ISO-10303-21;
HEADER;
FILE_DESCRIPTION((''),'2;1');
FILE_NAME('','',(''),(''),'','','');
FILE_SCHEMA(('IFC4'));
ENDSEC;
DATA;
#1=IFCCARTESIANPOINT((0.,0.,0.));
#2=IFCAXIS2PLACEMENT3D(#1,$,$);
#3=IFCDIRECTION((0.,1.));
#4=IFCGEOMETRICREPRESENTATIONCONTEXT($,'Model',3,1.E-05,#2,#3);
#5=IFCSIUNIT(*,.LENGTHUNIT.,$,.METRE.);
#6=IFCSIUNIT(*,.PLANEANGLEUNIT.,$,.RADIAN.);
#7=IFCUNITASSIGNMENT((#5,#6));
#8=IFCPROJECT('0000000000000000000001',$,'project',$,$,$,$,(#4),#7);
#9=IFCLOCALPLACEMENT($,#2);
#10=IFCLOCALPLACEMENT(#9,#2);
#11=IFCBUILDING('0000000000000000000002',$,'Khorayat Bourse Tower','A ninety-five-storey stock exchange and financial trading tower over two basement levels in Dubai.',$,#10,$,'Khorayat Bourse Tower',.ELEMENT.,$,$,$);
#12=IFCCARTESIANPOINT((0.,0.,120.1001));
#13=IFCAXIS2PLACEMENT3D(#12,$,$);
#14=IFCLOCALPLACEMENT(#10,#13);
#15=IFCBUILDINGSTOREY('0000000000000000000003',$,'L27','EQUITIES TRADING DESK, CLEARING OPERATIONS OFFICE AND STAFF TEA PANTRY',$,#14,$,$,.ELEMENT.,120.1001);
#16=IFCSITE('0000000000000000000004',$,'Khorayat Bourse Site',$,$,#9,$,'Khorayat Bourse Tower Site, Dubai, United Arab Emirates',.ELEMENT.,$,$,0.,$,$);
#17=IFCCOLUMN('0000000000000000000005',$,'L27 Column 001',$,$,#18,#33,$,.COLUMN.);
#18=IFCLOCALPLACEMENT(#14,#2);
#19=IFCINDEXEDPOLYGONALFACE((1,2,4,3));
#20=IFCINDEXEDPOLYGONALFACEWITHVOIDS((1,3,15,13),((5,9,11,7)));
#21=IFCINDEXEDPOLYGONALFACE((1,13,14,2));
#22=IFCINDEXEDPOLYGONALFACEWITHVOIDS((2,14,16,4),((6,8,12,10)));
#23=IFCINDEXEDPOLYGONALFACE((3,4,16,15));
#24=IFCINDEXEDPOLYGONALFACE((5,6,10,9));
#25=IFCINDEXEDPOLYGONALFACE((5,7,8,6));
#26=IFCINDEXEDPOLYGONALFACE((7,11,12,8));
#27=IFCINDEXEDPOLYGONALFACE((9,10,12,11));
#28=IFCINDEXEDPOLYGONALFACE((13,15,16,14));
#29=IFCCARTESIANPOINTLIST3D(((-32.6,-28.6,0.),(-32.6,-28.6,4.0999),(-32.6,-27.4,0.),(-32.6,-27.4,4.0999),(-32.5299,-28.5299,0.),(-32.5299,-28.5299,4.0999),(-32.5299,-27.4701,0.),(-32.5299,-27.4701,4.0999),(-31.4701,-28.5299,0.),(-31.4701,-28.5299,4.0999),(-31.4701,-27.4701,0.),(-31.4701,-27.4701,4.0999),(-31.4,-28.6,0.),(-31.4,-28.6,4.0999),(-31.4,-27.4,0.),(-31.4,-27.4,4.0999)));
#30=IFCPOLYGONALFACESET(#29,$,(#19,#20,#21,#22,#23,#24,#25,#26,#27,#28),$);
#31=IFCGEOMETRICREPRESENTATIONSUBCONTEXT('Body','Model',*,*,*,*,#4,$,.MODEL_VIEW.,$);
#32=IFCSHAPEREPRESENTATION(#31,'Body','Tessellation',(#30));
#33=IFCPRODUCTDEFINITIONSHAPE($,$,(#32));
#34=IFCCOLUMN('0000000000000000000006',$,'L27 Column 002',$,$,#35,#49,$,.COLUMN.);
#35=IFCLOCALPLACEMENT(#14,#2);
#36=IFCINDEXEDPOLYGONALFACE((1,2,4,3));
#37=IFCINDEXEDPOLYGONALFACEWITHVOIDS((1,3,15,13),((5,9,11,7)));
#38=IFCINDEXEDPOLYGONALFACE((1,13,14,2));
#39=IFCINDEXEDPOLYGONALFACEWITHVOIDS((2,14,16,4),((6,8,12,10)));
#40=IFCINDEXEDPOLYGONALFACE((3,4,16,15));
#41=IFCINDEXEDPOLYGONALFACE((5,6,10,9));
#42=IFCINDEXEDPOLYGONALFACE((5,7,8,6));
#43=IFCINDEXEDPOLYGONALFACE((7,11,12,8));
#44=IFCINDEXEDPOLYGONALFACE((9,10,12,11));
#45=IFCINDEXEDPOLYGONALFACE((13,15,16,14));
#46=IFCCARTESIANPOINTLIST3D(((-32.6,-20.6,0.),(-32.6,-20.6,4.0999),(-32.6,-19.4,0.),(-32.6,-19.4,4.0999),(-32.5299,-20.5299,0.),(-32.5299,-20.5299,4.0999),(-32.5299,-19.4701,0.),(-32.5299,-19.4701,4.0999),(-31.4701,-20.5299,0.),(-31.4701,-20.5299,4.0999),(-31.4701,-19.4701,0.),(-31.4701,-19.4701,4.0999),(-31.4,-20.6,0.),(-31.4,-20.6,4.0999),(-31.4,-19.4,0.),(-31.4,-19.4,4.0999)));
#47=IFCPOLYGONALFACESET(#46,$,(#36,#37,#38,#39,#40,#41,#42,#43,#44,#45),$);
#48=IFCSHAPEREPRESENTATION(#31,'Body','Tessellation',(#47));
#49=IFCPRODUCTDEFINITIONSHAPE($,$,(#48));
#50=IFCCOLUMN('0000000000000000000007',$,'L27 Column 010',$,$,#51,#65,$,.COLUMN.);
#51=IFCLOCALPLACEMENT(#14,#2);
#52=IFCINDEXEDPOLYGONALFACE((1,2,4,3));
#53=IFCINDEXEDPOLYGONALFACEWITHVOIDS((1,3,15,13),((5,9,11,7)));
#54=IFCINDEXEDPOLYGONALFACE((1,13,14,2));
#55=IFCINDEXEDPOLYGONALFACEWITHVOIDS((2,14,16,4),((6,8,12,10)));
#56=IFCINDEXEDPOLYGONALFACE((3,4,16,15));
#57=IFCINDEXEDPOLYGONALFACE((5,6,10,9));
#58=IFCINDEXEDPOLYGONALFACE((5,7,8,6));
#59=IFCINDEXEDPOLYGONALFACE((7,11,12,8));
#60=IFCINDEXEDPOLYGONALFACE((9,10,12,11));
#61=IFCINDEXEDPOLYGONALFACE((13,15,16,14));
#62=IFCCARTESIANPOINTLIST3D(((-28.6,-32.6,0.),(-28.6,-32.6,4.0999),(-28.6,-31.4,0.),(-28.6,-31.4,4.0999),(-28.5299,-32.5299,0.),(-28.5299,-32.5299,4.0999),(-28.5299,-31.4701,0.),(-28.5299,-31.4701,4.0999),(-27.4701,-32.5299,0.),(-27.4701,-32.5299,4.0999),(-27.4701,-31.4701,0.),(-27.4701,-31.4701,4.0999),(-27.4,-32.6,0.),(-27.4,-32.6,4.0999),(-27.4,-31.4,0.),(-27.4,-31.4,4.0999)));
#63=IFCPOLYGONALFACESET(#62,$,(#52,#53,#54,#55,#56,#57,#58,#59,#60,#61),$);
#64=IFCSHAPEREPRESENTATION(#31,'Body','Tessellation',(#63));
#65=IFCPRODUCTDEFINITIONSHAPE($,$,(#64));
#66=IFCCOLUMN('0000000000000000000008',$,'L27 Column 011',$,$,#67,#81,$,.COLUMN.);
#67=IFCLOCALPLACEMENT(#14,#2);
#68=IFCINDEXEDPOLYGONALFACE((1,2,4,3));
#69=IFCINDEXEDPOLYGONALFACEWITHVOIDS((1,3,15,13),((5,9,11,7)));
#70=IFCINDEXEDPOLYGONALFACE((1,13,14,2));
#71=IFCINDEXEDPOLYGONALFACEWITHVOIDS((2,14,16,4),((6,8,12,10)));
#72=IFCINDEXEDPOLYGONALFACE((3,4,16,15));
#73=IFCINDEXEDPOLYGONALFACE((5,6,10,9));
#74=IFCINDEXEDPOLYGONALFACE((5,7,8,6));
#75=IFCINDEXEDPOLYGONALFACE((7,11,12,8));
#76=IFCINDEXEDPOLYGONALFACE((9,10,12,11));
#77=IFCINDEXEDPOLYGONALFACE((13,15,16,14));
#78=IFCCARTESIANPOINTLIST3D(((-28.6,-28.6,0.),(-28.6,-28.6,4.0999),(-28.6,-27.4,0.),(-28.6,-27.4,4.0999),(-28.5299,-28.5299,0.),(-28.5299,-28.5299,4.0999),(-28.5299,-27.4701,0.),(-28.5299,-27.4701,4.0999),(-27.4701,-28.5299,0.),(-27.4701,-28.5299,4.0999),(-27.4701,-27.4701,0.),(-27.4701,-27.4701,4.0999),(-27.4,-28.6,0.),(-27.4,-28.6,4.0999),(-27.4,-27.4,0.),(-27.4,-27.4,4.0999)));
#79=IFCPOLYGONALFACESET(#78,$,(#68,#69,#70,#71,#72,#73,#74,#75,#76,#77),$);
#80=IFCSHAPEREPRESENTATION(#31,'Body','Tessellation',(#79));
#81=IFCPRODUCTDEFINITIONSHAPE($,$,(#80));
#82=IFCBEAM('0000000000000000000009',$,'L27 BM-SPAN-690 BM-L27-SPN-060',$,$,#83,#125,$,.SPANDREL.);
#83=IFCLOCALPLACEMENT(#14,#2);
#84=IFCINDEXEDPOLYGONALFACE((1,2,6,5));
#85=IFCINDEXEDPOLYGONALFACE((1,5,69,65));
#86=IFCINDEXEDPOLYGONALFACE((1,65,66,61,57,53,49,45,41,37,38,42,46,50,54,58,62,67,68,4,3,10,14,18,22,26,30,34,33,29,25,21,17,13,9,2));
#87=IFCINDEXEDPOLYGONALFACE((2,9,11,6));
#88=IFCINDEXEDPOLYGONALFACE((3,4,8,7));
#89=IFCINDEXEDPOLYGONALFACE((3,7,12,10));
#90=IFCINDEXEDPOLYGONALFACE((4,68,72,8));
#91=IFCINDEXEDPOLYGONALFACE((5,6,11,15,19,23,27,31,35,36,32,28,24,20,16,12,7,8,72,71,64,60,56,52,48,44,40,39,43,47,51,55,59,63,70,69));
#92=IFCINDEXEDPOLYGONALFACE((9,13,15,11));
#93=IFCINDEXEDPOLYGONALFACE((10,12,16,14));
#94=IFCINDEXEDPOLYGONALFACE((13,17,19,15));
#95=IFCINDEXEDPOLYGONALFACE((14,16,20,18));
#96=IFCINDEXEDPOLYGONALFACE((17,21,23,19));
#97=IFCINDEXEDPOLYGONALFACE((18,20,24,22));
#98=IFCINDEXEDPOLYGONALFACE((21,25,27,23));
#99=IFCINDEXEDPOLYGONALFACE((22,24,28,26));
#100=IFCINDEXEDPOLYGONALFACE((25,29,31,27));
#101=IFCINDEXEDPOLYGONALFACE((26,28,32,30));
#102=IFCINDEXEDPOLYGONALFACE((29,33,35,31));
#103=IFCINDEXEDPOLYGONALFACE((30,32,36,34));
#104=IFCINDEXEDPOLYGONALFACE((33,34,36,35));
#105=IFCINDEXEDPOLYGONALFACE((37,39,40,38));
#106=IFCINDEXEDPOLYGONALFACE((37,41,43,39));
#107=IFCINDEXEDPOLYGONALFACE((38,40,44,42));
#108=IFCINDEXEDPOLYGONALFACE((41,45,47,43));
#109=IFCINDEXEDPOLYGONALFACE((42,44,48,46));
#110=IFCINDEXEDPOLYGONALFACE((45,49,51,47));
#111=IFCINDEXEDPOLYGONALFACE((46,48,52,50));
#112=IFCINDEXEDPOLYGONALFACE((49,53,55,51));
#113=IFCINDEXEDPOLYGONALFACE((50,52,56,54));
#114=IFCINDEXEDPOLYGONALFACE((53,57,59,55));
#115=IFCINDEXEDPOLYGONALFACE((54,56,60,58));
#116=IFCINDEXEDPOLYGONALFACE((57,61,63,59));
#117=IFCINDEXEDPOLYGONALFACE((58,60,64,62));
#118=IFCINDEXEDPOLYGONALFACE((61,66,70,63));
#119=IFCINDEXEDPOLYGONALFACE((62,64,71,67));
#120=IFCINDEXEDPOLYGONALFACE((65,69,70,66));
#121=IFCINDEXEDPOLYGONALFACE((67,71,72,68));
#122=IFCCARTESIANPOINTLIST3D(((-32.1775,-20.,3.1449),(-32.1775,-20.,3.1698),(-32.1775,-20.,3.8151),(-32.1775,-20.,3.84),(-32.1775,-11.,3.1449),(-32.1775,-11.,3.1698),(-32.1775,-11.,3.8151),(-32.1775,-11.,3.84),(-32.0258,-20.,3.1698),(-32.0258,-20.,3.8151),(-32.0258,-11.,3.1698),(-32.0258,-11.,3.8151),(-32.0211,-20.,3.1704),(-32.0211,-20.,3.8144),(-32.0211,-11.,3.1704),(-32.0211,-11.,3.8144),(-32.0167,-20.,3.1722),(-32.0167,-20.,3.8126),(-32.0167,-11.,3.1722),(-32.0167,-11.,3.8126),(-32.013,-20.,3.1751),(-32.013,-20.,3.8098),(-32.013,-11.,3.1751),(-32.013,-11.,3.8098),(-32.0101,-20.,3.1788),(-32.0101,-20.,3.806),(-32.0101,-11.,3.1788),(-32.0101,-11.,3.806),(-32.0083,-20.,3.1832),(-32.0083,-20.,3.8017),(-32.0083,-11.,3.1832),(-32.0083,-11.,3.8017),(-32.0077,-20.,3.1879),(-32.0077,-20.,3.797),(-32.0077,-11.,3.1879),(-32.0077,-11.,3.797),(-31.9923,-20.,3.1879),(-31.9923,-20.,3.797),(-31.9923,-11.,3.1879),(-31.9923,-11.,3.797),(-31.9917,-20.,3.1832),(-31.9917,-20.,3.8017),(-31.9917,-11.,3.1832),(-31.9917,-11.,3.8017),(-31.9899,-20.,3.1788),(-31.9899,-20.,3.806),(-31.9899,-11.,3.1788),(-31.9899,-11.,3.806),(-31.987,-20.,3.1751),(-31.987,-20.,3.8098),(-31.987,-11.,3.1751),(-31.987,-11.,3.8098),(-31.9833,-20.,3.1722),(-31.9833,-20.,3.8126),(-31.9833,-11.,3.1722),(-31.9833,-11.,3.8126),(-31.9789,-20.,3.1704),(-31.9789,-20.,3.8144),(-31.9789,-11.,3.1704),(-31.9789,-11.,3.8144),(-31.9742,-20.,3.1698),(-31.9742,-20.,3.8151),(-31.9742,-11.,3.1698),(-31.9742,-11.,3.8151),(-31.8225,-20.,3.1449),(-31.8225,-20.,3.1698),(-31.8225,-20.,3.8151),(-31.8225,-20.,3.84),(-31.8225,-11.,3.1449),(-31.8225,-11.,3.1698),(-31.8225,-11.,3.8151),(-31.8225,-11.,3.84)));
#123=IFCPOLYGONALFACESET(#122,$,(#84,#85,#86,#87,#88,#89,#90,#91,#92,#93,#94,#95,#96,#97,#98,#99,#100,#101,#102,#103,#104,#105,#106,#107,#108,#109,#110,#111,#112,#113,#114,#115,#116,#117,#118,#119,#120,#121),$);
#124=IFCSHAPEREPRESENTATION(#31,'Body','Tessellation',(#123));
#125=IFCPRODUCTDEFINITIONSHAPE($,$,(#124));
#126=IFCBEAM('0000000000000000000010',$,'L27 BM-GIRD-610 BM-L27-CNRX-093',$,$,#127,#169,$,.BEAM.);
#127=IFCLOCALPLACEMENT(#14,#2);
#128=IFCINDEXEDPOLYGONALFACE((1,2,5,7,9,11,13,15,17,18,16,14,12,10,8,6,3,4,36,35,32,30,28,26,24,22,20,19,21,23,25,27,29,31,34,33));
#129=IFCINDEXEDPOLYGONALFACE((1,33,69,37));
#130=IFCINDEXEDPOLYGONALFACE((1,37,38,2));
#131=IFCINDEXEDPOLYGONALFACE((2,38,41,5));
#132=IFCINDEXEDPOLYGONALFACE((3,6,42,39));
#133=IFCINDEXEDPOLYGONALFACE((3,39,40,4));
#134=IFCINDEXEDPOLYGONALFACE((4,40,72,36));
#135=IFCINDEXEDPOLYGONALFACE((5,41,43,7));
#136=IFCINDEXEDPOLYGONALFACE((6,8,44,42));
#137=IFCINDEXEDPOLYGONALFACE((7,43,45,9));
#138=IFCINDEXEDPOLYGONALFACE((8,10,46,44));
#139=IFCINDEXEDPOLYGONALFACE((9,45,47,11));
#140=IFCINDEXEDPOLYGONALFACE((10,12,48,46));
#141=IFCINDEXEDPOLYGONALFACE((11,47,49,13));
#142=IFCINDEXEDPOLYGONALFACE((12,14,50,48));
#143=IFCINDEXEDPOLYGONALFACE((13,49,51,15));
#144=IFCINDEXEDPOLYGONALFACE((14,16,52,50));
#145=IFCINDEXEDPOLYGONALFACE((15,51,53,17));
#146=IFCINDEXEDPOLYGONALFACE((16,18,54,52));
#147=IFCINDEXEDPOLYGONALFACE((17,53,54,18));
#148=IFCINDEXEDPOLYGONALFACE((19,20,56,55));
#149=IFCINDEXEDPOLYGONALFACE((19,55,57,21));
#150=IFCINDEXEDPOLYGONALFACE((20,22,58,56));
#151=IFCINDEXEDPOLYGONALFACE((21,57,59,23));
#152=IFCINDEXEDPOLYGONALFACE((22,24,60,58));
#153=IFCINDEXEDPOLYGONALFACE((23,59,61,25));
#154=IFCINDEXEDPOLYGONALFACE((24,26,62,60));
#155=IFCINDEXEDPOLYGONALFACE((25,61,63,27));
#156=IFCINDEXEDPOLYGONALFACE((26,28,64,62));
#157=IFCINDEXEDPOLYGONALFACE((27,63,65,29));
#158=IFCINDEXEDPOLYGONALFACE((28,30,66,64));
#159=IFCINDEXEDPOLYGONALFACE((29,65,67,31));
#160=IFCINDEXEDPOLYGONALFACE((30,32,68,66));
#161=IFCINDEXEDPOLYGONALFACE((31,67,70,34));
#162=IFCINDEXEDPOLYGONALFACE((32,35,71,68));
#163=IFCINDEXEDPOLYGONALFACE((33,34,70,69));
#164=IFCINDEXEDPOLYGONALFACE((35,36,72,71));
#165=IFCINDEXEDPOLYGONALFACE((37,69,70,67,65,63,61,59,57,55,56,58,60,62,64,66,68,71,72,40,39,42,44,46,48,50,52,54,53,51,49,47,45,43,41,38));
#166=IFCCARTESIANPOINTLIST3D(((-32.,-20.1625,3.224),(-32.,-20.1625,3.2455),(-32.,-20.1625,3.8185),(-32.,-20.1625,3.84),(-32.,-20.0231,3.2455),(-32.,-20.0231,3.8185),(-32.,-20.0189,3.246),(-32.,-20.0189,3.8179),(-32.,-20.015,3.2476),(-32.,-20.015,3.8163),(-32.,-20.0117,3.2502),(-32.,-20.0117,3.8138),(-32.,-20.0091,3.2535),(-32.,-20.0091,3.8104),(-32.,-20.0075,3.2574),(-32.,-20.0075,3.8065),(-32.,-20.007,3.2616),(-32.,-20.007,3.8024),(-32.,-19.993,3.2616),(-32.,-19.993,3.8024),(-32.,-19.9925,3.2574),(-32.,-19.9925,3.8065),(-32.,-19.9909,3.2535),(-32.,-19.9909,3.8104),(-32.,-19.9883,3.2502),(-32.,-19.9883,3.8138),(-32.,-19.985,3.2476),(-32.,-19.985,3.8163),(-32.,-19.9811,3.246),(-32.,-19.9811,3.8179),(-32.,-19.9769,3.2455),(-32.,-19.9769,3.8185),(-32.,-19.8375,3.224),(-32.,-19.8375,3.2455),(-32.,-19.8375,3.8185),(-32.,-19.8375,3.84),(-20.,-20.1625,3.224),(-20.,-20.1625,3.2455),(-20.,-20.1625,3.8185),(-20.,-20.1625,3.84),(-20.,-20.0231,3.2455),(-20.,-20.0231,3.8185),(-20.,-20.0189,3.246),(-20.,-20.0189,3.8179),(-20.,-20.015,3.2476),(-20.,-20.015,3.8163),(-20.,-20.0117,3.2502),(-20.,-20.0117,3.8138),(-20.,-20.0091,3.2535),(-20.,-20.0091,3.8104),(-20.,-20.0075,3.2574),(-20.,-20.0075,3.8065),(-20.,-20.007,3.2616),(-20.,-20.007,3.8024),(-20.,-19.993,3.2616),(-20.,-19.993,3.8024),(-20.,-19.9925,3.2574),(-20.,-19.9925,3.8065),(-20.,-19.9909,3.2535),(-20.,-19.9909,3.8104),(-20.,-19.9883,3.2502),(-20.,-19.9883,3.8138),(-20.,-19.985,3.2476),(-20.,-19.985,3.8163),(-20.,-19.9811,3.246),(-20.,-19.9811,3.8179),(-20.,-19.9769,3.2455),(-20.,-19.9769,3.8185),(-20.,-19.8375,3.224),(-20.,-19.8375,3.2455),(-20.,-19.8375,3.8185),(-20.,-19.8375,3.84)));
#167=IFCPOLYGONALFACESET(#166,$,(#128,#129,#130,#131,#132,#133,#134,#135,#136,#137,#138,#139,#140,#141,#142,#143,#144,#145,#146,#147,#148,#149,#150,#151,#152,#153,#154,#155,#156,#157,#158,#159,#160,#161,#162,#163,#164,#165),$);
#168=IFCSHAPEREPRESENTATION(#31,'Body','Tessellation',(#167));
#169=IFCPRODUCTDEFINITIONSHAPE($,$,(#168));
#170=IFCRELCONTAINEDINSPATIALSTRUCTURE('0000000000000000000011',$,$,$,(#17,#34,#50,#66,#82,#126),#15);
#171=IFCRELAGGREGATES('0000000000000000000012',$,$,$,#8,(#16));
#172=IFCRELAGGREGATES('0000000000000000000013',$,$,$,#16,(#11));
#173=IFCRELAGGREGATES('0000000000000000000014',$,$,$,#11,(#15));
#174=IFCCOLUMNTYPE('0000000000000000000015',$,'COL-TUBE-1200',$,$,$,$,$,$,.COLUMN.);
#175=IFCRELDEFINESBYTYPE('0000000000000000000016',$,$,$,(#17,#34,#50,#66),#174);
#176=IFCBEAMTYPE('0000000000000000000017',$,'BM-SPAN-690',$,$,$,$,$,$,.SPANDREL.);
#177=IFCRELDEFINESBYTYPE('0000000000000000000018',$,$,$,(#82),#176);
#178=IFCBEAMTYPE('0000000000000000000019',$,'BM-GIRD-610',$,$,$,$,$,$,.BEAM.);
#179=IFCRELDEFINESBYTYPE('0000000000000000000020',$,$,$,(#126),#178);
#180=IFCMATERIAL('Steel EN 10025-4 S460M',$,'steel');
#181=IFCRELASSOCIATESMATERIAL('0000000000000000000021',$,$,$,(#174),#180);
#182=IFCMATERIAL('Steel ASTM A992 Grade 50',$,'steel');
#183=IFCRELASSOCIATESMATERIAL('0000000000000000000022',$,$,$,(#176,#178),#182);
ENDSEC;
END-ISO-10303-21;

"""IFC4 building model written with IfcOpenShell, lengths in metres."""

from ifc_helpers import new_model, si_unit, direction, frame, origin, origin_2d, place, context, subcontext, project, spatial, hollow_rectangle, i_section, extrude, source, transform, mapped, material, material_profile, profile_set, type_object, element, save


model = new_model("IFC4")

# Units and contexts
model_context = context("Model", 3, precision=1e-05, world=origin(), true_north=direction((0.0, 1.0)))
body_context = subcontext(model_context, "Body", "Model", "MODEL_VIEW")
ifc_project = project(units=[si_unit("LENGTHUNIT", "METRE"), si_unit("PLANEANGLEUNIT", "RADIAN")], contexts=[model_context])

# Site, building, storey
site_placement = place(None, origin())
site = spatial("IfcSite", under=ifc_project, at=site_placement, Name="Khorayat Bourse Site", LongName="Khorayat Bourse Tower Site, Dubai, United Arab Emirates", CompositionType="ELEMENT", RefElevation=0.0)
building_placement = place(site_placement, origin())
building = spatial("IfcBuilding", under=site, at=building_placement, Name="Khorayat Bourse Tower", Description="A ninety-five-storey stock exchange and financial trading tower over two basement levels in Dubai.", LongName="Khorayat Bourse Tower", CompositionType="ELEMENT")
storey_placement = place(building_placement, frame((0.0, 0.0, 120.1001)))
storey = spatial("IfcBuildingStorey", under=building, at=storey_placement, Name="L27", Description="EQUITIES TRADING DESK, CLEARING OPERATIONS OFFICE AND STAFF TEA PANTRY", CompositionType="ELEMENT", Elevation=120.1001)

# Columns
ifc_material_1 = material(Name="Steel EN 10025-4 S460M", Category="steel")
ifc_material_profile_1 = material_profile(ifc_material_1, hollow_rectangle(XDim=1.2, YDim=1.2, WallThickness=0.0701, at=origin_2d()), Name="BOX 1200x1200x70")
ifc_profile_set_1 = profile_set([ifc_material_profile_1], Name="Steel EN 10025-4 S460M")
column_type = type_object("IfcColumnType", Name="COL-TUBE-1200", PredefinedType="COLUMN", material=ifc_profile_set_1)
shared_shape_1 = source(origin(), body_context, "Body", "SweptSolid", [
    extrude(hollow_rectangle(XDim=1.2, YDim=1.2, WallThickness=0.0701, at=origin_2d()), origin(), (0.0, 0.0, 1.0), 4.0999),
])
for number, where, z_axis, x_axis, name in (
    (1, (-32.0, -28.0, 0.0), (0.0, 0.0, 1.0), (1.0, 0.0, 0.0), "L27 Column 001"),
    (2, (-32.0, -20.0, 0.0), (0.0, 0.0, 1.0), (1.0, 0.0, 0.0), "L27 Column 002"),
    (3, (-28.0, -32.0, 0.0), (0.0, 0.0, 1.0), (1.0, 0.0, 0.0), "L27 Column 010"),
    (4, (-28.0, -28.0, 0.0), (0.0, 0.0, 1.0), (1.0, 0.0, 0.0), "L27 Column 011"),
):
    element("IfcColumn", number, at=place(storey_placement, frame(where, z_axis=z_axis, x_axis=x_axis)), inside=storey, type_object=column_type, Name=name, PredefinedType="COLUMN", context=body_context, shape_type="MappedRepresentation", body=[
        mapped(shared_shape_1, transform((0.0, 0.0, 0.0), scale=1.0)),
    ])

# Beams
ifc_material_2 = material(Name="Steel ASTM A992 Grade 50", Category="steel")
ifc_material_profile_2 = material_profile(ifc_material_2, i_section(OverallWidth=0.355, OverallDepth=0.6951, WebThickness=0.0154, FlangeThickness=0.0249, FilletRadius=0.0181, at=origin_2d()), Name="W690X217")
ifc_profile_set_2 = profile_set([ifc_material_profile_2], Name="Steel ASTM A992 Grade 50")
beam_type_1 = type_object("IfcBeamType", Name="BM-SPAN-690", PredefinedType="SPANDREL", material=ifc_profile_set_2)
shared_shape_2 = source(origin(), body_context, "Body", "SweptSolid", [
    extrude(i_section(OverallWidth=0.355, OverallDepth=0.6951, WebThickness=0.0154, FlangeThickness=0.0249, FilletRadius=0.0181, at=origin_2d()), origin(), (0.0, 0.0, 1.0), 9.0),
])
beam_1_placement = place(storey_placement, frame((-32.0, -20.0, 3.4924), z_axis=(0.0, 1.0, 0.0), x_axis=(-1.0, 0.0, 0.0)))
element("IfcBeam", 5, at=beam_1_placement, inside=storey, type_object=beam_type_1, Name="L27 BM-SPAN-690 BM-L27-SPN-060", PredefinedType="SPANDREL", context=body_context, shape_type="MappedRepresentation", body=[
    mapped(shared_shape_2, transform((0.0, 0.0, 0.0), scale=1.0)),
])
ifc_material_profile_3 = material_profile(ifc_material_2, i_section(OverallWidth=0.325, OverallDepth=0.616, WebThickness=0.0139, FlangeThickness=0.0215, FilletRadius=0.0161, at=origin_2d()), Name="W610X174")
ifc_profile_set_3 = profile_set([ifc_material_profile_3], Name="Steel ASTM A992 Grade 50")
beam_type_2 = type_object("IfcBeamType", Name="BM-GIRD-610", PredefinedType="BEAM", material=ifc_profile_set_3)
shared_shape_3 = source(origin(), body_context, "Body", "SweptSolid", [
    extrude(i_section(OverallWidth=0.325, OverallDepth=0.616, WebThickness=0.0139, FlangeThickness=0.0215, FilletRadius=0.0161, at=origin_2d()), origin(), (0.0, 0.0, 1.0), 12.0),
])
beam_2_placement = place(storey_placement, frame((-32.0, -20.0, 3.532), z_axis=(1.0, 0.0, 0.0), x_axis=(0.0, 1.0, 0.0)))
element("IfcBeam", 6, at=beam_2_placement, inside=storey, type_object=beam_type_2, Name="L27 BM-GIRD-610 BM-L27-CNRX-093", PredefinedType="BEAM", context=body_context, shape_type="MappedRepresentation", body=[
    mapped(shared_shape_3, transform((0.0, 0.0, 0.0), scale=1.0)),
])

save(model, "model.ifc")
